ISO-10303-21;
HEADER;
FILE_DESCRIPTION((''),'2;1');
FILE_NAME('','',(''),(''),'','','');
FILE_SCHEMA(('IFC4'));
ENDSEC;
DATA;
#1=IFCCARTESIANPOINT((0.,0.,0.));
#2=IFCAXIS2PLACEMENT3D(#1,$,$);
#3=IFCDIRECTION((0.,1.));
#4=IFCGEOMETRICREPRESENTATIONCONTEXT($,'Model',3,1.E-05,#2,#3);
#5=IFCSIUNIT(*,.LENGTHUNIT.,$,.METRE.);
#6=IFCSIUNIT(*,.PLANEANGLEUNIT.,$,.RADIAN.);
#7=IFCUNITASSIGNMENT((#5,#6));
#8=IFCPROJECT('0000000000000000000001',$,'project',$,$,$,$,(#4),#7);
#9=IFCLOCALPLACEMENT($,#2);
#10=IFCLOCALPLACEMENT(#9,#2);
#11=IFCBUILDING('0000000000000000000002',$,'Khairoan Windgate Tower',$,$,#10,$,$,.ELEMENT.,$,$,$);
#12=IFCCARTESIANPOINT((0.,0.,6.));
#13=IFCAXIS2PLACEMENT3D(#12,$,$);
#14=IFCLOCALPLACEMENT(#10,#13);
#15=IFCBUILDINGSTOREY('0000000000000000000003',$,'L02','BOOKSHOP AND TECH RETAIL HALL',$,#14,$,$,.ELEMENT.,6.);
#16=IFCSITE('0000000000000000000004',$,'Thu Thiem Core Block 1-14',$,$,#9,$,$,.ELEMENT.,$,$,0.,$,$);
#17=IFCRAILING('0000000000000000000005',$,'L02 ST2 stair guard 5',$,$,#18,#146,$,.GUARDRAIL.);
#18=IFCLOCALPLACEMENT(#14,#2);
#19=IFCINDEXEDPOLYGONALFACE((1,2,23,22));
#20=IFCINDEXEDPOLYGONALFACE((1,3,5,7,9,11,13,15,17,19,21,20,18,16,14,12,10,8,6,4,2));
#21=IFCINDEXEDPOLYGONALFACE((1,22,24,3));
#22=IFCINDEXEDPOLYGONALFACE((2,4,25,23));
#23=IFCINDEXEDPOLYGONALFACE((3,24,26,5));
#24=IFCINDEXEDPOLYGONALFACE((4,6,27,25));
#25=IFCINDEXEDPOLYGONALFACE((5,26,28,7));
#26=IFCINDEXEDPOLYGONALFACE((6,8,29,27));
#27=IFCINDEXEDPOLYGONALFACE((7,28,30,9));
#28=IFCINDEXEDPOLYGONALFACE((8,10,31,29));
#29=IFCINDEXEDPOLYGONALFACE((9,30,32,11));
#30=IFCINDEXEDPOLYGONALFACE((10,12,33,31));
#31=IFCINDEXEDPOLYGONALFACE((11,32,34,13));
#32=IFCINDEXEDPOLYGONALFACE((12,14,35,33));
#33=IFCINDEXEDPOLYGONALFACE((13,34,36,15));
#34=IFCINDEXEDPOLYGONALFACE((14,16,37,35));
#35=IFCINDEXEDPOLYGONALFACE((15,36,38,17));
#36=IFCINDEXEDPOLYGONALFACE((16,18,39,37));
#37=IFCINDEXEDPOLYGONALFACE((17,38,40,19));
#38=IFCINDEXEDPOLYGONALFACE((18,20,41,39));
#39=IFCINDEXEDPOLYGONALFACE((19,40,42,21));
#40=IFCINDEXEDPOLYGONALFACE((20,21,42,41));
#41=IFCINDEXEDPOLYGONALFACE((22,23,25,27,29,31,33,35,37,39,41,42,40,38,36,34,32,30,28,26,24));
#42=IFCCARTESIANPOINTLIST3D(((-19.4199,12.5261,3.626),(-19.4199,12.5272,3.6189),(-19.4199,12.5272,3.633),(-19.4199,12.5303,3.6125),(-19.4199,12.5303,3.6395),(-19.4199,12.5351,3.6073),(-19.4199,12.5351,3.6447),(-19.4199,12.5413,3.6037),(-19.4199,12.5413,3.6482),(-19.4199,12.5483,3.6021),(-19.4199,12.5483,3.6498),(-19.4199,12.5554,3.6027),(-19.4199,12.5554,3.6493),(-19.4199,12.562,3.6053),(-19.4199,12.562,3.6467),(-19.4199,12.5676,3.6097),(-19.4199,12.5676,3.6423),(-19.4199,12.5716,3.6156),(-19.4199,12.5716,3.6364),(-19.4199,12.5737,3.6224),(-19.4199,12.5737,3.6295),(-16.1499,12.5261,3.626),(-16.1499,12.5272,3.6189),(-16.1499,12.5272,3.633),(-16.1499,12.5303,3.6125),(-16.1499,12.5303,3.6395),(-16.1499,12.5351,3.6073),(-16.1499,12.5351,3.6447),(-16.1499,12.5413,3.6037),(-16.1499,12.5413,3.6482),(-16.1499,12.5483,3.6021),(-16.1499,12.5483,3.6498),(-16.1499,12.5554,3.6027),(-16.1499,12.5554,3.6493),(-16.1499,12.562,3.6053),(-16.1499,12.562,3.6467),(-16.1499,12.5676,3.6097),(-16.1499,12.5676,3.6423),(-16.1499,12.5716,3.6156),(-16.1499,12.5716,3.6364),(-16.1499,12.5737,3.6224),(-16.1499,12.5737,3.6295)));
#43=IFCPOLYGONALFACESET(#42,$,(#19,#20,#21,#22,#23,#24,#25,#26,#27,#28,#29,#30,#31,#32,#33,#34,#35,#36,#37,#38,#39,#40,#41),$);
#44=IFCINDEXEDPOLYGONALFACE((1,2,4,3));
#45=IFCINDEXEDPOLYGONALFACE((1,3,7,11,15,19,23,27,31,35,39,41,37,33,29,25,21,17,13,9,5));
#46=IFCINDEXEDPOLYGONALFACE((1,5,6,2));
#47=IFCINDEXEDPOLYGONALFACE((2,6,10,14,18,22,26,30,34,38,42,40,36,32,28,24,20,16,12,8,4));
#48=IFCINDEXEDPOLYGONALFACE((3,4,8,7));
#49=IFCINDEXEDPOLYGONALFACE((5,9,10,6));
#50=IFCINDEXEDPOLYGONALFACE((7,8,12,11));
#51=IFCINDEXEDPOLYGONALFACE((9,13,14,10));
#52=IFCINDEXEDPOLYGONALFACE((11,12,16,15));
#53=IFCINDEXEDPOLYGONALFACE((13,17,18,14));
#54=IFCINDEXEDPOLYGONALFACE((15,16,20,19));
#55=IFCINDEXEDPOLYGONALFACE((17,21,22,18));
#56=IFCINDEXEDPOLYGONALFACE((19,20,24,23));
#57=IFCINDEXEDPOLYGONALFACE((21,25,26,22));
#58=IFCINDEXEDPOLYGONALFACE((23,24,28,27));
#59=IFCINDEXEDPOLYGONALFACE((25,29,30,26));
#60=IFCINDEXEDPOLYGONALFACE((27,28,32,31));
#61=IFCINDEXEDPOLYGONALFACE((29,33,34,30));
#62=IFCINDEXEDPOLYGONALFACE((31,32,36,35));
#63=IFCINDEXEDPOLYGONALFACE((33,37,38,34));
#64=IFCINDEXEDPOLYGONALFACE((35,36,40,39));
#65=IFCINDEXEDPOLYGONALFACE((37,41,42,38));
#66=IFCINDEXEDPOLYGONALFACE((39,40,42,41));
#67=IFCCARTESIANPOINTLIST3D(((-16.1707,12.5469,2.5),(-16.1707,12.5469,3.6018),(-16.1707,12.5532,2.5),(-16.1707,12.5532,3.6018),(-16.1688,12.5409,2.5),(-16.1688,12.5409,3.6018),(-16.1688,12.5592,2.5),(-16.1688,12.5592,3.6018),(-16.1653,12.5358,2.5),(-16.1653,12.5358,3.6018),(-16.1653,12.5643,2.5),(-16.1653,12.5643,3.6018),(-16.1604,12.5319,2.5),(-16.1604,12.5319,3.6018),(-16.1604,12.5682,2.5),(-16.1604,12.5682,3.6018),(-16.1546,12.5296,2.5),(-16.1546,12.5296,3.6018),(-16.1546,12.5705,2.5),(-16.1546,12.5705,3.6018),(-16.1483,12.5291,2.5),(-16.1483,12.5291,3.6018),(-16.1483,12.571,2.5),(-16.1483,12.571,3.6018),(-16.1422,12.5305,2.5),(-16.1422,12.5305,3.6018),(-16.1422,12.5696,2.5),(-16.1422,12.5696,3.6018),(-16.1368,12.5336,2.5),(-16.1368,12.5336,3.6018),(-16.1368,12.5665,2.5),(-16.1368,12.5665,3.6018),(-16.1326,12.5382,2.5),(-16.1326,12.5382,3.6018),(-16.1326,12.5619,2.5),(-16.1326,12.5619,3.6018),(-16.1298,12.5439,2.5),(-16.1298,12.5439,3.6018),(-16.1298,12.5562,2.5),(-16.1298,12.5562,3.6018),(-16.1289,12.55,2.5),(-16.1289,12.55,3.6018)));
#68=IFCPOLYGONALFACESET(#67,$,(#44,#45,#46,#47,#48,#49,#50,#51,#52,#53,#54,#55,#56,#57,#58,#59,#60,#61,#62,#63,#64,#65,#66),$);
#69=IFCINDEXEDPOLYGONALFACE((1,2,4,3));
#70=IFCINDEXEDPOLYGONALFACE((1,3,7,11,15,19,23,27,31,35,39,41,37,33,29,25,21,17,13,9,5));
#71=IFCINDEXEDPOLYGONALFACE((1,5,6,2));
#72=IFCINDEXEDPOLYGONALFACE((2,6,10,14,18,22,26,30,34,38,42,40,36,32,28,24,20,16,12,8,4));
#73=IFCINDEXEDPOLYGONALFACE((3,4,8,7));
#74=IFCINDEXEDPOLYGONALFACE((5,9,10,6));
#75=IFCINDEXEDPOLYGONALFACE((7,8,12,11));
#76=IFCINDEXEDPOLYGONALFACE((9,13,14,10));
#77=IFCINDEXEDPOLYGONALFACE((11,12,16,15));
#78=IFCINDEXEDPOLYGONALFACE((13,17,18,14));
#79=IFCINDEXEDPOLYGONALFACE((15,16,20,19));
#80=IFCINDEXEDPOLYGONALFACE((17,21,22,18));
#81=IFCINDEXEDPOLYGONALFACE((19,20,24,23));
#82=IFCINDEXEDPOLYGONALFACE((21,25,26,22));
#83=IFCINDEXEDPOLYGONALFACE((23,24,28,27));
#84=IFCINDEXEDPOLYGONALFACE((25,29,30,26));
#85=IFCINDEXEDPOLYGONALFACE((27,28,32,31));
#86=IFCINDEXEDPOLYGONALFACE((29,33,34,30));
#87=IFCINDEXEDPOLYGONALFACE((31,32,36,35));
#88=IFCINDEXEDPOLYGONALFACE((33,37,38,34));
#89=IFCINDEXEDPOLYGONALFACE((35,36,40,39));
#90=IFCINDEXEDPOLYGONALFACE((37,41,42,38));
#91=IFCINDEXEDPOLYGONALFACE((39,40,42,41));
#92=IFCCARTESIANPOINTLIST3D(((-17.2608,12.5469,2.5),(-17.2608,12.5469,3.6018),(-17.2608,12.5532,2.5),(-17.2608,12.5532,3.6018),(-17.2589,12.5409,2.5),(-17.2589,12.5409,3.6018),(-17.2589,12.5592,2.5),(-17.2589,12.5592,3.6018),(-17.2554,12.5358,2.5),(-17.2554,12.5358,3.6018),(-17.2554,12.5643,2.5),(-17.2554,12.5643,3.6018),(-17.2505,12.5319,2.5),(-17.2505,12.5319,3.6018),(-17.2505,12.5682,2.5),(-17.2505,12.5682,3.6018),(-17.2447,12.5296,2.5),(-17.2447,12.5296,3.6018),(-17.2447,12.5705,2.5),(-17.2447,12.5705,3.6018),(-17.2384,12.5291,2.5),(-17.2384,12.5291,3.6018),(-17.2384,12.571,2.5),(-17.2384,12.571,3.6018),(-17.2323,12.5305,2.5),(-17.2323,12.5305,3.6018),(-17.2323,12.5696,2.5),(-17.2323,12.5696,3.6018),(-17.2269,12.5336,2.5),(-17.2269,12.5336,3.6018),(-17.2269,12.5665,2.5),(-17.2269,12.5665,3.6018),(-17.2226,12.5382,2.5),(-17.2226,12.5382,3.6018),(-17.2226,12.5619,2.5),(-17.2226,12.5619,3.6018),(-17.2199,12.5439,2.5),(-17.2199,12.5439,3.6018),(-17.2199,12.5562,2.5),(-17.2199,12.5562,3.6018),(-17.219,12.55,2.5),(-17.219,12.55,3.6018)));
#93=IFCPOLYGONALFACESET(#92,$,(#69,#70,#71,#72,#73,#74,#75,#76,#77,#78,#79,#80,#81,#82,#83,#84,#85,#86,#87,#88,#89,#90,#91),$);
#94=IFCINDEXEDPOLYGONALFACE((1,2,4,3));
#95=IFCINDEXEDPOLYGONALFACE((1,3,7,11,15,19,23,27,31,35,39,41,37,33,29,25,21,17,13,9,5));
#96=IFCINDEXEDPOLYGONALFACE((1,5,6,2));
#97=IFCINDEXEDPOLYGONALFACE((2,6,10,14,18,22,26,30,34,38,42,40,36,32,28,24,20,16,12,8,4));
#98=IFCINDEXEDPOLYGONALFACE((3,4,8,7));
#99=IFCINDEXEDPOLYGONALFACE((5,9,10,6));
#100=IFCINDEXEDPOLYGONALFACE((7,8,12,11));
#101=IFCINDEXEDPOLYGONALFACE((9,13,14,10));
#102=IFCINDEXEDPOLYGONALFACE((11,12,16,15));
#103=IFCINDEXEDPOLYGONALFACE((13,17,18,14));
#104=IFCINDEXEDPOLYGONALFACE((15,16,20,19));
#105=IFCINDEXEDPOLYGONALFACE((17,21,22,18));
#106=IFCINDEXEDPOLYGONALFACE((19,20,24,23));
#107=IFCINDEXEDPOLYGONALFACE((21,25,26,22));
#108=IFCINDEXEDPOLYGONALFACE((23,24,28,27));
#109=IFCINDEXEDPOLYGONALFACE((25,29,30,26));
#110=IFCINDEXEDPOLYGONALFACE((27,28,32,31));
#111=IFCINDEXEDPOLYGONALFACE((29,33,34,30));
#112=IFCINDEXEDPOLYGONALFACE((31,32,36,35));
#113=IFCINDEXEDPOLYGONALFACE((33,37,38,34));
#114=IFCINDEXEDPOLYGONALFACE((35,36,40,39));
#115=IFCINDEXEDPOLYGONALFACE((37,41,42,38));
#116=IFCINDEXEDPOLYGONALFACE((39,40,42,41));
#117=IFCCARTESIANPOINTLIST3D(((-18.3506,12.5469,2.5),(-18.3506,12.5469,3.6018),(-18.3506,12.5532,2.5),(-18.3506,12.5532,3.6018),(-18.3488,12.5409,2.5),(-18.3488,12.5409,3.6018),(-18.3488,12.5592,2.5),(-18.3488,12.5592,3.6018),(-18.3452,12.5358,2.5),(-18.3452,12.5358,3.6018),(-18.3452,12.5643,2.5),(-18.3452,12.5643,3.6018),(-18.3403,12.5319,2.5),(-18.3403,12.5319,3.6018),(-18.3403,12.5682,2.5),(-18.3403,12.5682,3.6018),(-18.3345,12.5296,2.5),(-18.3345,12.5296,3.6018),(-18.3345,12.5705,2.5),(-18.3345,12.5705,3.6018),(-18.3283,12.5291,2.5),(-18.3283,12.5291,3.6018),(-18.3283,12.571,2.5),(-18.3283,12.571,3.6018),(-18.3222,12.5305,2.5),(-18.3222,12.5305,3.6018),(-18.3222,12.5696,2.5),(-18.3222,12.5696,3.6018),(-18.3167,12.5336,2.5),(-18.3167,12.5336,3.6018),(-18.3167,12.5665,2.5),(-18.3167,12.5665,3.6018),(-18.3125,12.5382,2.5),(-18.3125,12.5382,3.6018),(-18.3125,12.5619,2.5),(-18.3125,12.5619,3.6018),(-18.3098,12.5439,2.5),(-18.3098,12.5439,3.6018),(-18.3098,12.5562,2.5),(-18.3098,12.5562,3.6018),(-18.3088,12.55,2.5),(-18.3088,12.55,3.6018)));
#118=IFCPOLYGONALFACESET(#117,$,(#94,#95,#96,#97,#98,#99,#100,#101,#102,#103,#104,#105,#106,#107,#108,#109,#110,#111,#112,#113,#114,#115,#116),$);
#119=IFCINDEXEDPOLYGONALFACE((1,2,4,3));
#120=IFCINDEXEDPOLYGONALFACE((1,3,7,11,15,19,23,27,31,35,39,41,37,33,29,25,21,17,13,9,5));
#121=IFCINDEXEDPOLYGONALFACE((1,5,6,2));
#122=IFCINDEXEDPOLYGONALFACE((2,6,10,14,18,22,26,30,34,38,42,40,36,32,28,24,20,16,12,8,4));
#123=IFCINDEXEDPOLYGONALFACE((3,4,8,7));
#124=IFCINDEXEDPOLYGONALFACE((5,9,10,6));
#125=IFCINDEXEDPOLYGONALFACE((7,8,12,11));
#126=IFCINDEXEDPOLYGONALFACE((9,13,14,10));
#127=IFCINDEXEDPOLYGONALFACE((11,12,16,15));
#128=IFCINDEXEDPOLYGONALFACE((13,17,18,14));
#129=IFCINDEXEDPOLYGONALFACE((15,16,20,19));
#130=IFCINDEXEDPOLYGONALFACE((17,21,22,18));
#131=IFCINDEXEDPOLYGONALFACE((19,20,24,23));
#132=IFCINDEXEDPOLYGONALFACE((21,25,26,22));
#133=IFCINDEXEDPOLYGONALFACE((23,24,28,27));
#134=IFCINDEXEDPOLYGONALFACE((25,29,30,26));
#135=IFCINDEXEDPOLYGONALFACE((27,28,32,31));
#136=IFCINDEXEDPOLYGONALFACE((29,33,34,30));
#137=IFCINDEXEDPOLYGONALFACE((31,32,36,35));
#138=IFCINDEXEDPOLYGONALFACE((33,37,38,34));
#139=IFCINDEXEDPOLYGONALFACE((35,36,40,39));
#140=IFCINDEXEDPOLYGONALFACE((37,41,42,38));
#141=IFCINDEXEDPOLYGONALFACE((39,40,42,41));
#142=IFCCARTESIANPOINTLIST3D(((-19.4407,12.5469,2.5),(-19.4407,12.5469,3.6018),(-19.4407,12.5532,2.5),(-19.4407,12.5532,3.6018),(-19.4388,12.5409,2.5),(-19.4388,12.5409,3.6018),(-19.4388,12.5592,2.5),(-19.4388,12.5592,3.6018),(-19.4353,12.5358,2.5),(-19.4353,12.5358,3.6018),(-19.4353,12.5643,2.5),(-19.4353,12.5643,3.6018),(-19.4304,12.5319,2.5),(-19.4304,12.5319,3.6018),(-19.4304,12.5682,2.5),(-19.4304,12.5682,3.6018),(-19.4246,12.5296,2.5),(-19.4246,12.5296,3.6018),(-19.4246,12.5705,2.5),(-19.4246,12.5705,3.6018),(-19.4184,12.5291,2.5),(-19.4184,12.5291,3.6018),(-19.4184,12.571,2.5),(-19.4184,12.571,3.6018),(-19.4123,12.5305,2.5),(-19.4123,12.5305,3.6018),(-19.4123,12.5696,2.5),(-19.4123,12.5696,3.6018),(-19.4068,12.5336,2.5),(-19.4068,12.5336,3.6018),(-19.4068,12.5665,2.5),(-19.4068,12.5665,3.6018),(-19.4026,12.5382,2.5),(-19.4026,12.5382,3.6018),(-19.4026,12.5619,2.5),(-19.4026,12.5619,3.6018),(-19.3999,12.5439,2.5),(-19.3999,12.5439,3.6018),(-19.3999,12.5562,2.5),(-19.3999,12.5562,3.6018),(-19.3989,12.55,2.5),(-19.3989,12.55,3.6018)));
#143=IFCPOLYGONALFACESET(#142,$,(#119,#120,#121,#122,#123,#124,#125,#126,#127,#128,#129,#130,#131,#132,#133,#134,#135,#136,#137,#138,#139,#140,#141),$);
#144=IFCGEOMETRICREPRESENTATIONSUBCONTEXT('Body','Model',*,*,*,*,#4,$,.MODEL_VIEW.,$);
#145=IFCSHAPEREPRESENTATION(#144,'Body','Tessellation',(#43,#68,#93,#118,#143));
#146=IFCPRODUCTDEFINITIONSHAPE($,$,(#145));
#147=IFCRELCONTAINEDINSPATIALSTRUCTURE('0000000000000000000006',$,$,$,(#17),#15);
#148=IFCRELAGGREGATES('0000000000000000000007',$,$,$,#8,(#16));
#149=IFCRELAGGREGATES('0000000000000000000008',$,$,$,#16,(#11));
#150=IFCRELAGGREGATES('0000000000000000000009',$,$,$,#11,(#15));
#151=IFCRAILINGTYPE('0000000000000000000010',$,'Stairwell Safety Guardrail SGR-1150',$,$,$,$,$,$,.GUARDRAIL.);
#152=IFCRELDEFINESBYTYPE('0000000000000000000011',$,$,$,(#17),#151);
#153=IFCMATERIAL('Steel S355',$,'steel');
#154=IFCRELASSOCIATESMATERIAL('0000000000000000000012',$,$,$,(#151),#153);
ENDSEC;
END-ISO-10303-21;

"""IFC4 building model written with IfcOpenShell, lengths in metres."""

from ifc_helpers import new_model, si_unit, direction, frame, origin, origin_2d, place, context, subcontext, project, spatial, circle, extrude, material, type_object, element, save


model = new_model("IFC4")

# Units and contexts
model_context = context("Model", 3, precision=1e-05, world=origin(), true_north=direction((0.0, 1.0)))
body_context = subcontext(model_context, "Body", "Model", "MODEL_VIEW")
ifc_project = project(units=[si_unit("LENGTHUNIT", "METRE"), si_unit("PLANEANGLEUNIT", "RADIAN")], contexts=[model_context])

# Site, building, storey
site_placement = place(None, origin())
site = spatial("IfcSite", under=ifc_project, at=site_placement, Name="Thu Thiem Core Block 1-14", CompositionType="ELEMENT", RefElevation=0.0)
building_placement = place(site_placement, origin())
building = spatial("IfcBuilding", under=site, at=building_placement, Name="Khairoan Windgate Tower", CompositionType="ELEMENT")
storey_placement = place(building_placement, frame((0.0, 0.0, 6.0)))
storey = spatial("IfcBuildingStorey", under=building, at=storey_placement, Name="L02", Description="BOOKSHOP AND TECH RETAIL HALL", CompositionType="ELEMENT", Elevation=6.0)

# Railing
ifc_material_1 = material(Name="Steel S355", Category="steel")
railing_type = type_object("IfcRailingType", Name="Stairwell Safety Guardrail SGR-1150", PredefinedType="GUARDRAIL", material=ifc_material_1)
railing_1_placement = place(storey_placement, frame((-16.1499, 12.55, 2.5)))
element("IfcRailing", 1, at=railing_1_placement, inside=storey, type_object=railing_type, Name="L02 ST2 stair guard 5", PredefinedType="GUARDRAIL", context=body_context, shape_type="SweptSolid", body=[
    extrude(circle(Radius=0.0239, at=origin_2d()), frame((0.0, 0.0, 1.126), z_axis=(-1.0, 0.0, 0.0), x_axis=(0.0, -1.0, 0.0)), (0.0, 0.0, 1.0), 3.27),
    extrude(circle(Radius=0.021, at=origin_2d()), origin(), (0.0, 0.0, 1.0), 1.1018),
    extrude(circle(Radius=0.021, at=origin_2d()), frame((-1.0901, 0.0, 0.0)), (0.0, 0.0, 1.0), 1.1018),
    extrude(circle(Radius=0.021, at=origin_2d()), frame((-2.1799, 0.0, 0.0)), (0.0, 0.0, 1.0), 1.1018),
    extrude(circle(Radius=0.021, at=origin_2d()), frame((-3.27, 0.0, 0.0)), (0.0, 0.0, 1.0), 1.1018),
])

save(model, "model.ifc")
